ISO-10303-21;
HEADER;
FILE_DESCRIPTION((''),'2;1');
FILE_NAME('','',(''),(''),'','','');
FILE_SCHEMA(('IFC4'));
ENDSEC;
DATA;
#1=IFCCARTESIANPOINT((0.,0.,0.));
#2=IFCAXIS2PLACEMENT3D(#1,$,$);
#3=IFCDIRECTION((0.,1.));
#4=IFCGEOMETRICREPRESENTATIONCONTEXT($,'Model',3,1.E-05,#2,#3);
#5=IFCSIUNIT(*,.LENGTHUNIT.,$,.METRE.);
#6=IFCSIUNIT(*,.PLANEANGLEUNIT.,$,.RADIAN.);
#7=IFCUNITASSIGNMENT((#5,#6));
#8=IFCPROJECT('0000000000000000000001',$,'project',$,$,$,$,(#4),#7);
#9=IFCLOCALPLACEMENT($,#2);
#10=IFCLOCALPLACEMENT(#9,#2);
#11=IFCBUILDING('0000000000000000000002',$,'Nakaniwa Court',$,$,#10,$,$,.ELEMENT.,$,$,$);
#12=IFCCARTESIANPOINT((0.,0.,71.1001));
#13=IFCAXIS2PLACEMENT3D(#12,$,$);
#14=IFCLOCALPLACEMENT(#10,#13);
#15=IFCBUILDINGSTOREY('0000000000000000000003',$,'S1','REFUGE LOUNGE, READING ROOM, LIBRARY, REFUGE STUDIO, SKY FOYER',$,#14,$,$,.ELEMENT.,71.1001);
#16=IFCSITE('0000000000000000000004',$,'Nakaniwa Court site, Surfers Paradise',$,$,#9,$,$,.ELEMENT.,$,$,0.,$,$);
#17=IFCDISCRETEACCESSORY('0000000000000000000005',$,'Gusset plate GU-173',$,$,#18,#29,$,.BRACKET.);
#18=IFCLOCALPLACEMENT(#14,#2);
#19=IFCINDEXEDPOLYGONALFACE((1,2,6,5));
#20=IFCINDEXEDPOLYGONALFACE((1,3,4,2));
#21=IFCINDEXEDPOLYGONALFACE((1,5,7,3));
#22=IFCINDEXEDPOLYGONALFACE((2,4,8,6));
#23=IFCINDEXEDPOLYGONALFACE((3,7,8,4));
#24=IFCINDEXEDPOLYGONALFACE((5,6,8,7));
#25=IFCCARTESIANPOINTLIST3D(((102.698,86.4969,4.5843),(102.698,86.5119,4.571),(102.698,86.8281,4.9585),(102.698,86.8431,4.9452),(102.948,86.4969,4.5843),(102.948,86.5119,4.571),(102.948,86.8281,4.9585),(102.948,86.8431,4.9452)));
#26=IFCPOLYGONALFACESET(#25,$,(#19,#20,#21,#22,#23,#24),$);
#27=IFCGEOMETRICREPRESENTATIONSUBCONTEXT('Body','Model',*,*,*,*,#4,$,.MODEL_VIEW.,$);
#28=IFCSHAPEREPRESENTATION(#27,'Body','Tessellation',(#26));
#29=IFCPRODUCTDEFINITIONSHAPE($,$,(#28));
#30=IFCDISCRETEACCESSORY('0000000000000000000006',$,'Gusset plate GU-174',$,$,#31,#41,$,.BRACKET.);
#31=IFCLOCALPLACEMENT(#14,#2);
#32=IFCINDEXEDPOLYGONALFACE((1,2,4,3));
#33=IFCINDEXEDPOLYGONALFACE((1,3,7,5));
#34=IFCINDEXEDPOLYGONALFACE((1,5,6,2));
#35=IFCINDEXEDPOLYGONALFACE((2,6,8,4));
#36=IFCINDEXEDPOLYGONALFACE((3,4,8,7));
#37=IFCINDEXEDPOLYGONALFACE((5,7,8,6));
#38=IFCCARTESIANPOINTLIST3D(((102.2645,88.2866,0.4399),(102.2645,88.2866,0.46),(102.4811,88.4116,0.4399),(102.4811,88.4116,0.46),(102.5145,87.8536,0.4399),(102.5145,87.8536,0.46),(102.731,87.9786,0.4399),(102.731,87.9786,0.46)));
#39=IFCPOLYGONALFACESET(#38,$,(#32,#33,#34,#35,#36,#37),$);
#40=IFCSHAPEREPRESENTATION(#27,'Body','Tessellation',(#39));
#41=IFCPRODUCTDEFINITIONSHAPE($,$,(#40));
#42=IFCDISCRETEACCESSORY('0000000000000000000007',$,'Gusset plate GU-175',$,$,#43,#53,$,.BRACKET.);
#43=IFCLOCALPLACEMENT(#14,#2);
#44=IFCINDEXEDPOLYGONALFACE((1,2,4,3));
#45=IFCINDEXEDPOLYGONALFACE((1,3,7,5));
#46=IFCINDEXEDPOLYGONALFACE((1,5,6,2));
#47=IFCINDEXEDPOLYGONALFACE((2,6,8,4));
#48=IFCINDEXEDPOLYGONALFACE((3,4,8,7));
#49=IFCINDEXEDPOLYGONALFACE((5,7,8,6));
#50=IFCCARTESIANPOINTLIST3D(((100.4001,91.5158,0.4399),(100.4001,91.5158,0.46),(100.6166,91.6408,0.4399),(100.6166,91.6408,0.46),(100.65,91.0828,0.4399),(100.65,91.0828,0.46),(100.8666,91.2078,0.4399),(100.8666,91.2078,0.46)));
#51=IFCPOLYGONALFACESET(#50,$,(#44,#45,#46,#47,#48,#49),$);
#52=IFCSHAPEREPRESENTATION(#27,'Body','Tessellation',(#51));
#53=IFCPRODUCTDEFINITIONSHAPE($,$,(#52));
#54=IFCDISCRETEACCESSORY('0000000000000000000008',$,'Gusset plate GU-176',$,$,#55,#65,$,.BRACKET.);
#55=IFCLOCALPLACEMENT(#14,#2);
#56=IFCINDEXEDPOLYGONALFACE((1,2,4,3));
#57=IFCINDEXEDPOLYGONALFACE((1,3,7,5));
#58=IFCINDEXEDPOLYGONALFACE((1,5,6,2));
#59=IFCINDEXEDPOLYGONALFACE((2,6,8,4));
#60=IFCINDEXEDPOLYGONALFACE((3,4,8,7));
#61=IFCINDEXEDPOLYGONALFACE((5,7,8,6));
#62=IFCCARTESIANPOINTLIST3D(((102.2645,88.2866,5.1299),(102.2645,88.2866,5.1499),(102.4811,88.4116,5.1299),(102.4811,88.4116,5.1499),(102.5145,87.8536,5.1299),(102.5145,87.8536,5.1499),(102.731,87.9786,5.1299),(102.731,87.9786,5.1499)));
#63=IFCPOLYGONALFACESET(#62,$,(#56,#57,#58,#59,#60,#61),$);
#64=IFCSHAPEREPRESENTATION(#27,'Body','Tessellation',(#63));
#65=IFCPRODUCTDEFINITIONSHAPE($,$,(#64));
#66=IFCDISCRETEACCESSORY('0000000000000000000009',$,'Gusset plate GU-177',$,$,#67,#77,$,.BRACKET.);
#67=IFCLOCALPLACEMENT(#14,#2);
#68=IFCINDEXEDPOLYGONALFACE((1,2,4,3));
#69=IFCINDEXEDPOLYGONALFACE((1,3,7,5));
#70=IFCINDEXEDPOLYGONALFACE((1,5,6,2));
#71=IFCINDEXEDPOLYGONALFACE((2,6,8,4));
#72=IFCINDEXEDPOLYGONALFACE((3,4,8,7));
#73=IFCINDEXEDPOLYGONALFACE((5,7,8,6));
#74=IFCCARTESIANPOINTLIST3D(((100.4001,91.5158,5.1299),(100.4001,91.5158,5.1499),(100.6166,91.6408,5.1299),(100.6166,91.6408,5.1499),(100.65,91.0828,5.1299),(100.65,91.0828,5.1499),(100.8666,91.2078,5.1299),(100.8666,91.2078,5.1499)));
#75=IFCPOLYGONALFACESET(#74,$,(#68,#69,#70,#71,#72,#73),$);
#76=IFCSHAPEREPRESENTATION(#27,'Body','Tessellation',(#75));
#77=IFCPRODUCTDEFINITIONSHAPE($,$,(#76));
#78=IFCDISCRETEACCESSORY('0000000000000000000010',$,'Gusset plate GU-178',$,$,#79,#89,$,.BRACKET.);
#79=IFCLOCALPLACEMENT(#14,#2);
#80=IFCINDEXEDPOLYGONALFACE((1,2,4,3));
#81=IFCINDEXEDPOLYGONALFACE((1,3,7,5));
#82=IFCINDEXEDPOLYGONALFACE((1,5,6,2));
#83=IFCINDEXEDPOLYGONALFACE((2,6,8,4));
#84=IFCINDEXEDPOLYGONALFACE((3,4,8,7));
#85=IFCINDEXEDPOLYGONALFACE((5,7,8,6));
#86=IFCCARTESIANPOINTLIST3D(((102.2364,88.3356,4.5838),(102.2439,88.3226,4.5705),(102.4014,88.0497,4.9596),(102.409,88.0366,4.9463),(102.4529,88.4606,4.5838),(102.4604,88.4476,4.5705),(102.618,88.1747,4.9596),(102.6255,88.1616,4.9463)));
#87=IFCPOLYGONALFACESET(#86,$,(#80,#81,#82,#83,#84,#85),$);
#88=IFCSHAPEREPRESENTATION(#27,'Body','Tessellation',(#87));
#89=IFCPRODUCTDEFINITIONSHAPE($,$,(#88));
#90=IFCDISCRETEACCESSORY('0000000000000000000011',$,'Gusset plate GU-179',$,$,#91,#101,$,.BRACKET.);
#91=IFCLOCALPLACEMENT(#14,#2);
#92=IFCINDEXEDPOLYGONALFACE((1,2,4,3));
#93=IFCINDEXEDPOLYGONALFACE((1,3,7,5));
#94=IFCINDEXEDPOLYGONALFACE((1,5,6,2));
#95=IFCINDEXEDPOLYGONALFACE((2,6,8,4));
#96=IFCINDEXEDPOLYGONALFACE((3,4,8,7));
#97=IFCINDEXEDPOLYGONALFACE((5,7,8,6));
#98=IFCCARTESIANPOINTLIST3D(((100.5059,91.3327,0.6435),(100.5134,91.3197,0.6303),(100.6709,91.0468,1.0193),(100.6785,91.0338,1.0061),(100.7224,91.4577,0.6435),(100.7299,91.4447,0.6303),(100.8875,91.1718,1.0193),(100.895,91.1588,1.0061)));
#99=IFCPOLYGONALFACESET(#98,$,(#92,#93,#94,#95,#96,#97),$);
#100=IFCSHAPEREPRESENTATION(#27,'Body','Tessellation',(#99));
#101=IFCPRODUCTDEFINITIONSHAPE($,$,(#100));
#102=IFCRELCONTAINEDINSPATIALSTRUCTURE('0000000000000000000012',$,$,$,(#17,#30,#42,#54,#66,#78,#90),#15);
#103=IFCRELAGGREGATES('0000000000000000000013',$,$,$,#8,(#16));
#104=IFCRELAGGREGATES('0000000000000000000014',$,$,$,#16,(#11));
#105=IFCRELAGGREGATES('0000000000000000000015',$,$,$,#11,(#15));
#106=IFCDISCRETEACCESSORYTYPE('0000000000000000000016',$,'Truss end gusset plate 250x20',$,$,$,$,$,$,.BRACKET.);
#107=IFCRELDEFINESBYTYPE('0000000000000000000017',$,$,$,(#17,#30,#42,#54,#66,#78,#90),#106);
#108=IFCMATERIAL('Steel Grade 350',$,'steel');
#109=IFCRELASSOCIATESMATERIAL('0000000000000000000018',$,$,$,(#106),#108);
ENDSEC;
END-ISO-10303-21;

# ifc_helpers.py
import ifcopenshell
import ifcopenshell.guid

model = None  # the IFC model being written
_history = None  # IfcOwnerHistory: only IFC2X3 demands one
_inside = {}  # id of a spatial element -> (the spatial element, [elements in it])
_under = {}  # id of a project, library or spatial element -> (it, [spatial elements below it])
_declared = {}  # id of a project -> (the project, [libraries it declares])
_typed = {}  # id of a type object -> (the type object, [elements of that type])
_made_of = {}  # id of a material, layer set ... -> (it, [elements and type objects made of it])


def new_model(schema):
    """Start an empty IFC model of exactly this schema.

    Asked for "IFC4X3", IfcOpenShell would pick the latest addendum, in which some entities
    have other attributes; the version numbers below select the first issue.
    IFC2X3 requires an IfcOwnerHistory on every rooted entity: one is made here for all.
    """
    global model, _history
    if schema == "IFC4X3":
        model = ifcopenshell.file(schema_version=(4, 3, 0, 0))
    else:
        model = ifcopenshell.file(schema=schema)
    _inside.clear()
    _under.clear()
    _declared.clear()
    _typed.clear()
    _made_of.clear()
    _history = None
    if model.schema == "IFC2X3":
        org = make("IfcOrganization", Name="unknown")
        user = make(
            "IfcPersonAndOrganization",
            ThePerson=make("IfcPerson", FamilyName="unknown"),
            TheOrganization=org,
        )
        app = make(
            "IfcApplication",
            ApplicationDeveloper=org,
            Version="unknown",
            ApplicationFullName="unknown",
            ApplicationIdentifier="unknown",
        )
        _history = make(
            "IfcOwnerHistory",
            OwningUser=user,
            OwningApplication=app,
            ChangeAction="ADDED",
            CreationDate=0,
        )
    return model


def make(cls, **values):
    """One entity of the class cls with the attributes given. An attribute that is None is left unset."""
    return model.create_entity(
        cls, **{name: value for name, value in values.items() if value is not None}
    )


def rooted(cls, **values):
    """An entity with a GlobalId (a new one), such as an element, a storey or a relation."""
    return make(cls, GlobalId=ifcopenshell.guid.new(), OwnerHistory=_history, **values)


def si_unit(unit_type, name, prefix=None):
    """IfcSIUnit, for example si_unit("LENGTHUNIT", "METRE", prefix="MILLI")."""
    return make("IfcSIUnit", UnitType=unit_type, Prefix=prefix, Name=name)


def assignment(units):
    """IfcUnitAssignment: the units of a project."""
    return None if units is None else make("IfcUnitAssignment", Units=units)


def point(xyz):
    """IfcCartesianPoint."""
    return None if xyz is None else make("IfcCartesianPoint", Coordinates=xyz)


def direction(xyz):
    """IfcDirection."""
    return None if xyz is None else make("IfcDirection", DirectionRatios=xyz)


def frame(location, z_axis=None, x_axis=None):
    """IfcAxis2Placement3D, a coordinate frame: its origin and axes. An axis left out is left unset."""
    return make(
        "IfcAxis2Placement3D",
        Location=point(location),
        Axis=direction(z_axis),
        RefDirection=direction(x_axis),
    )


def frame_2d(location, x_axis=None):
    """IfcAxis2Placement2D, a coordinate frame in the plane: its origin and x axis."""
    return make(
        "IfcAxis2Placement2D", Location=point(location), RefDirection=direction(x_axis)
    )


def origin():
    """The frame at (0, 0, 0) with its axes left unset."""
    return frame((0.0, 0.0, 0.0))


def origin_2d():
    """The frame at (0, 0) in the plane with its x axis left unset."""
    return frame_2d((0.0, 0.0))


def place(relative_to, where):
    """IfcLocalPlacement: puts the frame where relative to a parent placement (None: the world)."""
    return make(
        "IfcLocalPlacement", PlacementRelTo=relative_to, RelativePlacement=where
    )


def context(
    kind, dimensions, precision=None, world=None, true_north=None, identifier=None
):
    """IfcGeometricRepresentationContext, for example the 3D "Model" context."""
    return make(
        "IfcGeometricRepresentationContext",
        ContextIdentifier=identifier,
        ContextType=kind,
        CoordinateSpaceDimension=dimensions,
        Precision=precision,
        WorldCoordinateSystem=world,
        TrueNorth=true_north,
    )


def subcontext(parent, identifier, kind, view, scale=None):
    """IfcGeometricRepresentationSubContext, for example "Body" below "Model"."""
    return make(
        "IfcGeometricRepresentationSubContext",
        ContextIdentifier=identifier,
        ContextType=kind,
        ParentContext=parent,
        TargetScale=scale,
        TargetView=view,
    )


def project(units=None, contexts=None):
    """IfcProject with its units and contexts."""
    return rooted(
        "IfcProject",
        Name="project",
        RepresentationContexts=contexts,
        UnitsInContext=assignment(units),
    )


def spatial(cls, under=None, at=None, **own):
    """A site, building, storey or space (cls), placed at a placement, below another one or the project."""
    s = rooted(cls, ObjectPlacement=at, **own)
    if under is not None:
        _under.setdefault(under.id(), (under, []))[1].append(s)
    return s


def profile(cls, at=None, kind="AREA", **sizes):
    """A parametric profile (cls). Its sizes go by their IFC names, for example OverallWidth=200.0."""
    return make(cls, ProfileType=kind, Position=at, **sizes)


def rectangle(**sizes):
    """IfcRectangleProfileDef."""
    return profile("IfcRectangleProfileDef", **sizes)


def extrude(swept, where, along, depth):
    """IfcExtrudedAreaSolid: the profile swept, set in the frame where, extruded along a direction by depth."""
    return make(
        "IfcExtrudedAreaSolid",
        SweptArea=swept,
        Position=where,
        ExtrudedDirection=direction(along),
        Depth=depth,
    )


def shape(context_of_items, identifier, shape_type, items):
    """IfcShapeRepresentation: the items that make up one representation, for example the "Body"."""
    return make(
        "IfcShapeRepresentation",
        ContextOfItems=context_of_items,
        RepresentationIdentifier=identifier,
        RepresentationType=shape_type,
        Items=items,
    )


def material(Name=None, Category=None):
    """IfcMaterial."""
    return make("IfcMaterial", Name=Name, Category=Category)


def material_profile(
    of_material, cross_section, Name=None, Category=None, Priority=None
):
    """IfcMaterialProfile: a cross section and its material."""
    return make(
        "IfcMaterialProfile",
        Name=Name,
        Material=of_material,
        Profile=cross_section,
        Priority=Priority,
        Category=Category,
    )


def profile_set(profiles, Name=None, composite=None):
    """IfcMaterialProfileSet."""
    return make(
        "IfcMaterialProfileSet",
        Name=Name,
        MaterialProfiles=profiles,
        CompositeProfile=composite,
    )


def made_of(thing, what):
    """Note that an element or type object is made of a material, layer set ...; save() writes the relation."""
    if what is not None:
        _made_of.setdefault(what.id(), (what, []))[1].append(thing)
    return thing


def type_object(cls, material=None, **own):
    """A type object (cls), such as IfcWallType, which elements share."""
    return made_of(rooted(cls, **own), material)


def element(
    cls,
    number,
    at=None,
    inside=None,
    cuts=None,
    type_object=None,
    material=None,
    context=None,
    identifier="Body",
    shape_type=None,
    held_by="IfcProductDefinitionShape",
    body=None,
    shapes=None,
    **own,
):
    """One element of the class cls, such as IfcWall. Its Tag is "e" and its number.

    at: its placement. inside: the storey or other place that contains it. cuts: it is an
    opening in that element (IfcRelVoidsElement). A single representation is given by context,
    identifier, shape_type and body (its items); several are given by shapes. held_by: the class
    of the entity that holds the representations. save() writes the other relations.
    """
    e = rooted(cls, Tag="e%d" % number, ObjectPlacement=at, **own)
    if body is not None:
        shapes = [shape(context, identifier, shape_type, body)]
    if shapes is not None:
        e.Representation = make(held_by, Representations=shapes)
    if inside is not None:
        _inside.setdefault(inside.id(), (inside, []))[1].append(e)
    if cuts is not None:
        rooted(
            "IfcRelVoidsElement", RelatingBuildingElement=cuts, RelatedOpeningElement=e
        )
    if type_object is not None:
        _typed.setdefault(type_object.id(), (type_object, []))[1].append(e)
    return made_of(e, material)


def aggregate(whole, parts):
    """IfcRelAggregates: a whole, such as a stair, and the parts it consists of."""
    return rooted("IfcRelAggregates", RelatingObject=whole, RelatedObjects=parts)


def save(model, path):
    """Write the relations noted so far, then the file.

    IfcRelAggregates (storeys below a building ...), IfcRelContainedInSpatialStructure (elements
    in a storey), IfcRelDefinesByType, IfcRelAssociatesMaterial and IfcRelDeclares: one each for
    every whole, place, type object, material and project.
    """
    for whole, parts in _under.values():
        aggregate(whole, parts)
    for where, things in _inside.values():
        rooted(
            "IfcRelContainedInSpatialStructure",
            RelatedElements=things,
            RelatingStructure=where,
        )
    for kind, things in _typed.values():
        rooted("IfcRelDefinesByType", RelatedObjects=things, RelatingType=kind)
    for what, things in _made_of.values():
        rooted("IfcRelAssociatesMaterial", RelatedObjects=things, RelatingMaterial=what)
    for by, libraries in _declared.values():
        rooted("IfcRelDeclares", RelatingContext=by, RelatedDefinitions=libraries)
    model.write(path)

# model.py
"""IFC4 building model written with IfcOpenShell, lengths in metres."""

from ifc_helpers import new_model, si_unit, direction, frame, origin, origin_2d, place, context, subcontext, project, spatial, rectangle, extrude, material, material_profile, profile_set, type_object, element, save


model = new_model("IFC4")

# Units and contexts
model_context = context("Model", 3, precision=1e-05, world=origin(), true_north=direction((0.0, 1.0)))
body_context = subcontext(model_context, "Body", "Model", "MODEL_VIEW")
ifc_project = project(units=[si_unit("LENGTHUNIT", "METRE"), si_unit("PLANEANGLEUNIT", "RADIAN")], contexts=[model_context])

# Site, building, storey
site_placement = place(None, origin())
site = spatial("IfcSite", under=ifc_project, at=site_placement, Name="Nakaniwa Court site, Surfers Paradise", CompositionType="ELEMENT", RefElevation=0.0)
building_placement = place(site_placement, origin())
building = spatial("IfcBuilding", under=site, at=building_placement, Name="Nakaniwa Court", CompositionType="ELEMENT")
storey_placement = place(building_placement, frame((0.0, 0.0, 71.1001)))
storey = spatial("IfcBuildingStorey", under=building, at=storey_placement, Name="S1", Description="REFUGE LOUNGE, READING ROOM, LIBRARY, REFUGE STUDIO, SKY FOYER", CompositionType="ELEMENT", Elevation=71.1001)

# Shared definitions
ifc_material_1 = material(Name="Steel Grade 350", Category="steel")

# Discrete accessories
ifc_material_profile_1 = material_profile(ifc_material_1, rectangle(XDim=0.25, YDim=0.02, at=origin_2d()), Name="Truss end gusset plate 250x20")
ifc_profile_set_1 = profile_set([ifc_material_profile_1], Name="Steel Grade 350")
discrete_accessory_type = type_object("IfcDiscreteAccessoryType", Name="Truss end gusset plate 250x20", PredefinedType="BRACKET", material=ifc_profile_set_1)
discrete_accessory_placement = place(storey_placement, frame((102.823, 86.5044, 4.5776), z_axis=(0.0, 0.662816, 0.748782), x_axis=(-1.0, 0.0, 0.0)))
element("IfcDiscreteAccessory", 1, at=discrete_accessory_placement, inside=storey, type_object=discrete_accessory_type, Name="Gusset plate GU-173", PredefinedType="BRACKET", context=body_context, shape_type="SweptSolid", body=[
    extrude(rectangle(XDim=0.25, YDim=0.02, at=origin_2d()), origin(), (0.0, 0.0, 1.0), 0.4998),
])
for number, where, z_axis, x_axis, name in (
    (2, (102.3728, 88.3491, 0.45), (0.49992, -0.866072, 0.0), (0.866072, 0.49992, 0.0), "Gusset plate GU-174"),
    (3, (100.7583, 91.1453, 0.45), (-0.49992, 0.866072, 0.0), (-0.866072, -0.49992, 0.0), "Gusset plate GU-175"),
    (4, (102.3728, 88.3491, 5.1399), (0.49992, -0.866072, 0.0), (0.866072, 0.49992, 0.0), "Gusset plate GU-176"),
    (5, (100.7583, 91.1453, 5.1399), (-0.49992, 0.866072, 0.0), (-0.866072, -0.49992, 0.0), "Gusset plate GU-177"),
):
    element("IfcDiscreteAccessory", number, at=place(storey_placement, frame(where, z_axis=z_axis, x_axis=x_axis)), inside=storey, type_object=discrete_accessory_type, Name=name, PredefinedType="BRACKET", context=body_context, shape_type="SweptSolid", body=[
        extrude(rectangle(XDim=0.25, YDim=0.02, at=origin_2d()), origin(), (0.0, 0.0, 1.0), 0.5),
    ])
for number, where, z_axis, x_axis, name in (
    (6, (102.3484, 88.3916, 4.5771), (0.329982, -0.571612, 0.751247), (0.86605, 0.499957, 0.0), "Gusset plate GU-178"),
    (7, (100.783, 91.1028, 1.0127), (-0.329982, 0.571612, -0.751247), (-0.86605, -0.499957, 0.0), "Gusset plate GU-179"),
):
    element("IfcDiscreteAccessory", number, at=place(storey_placement, frame(where, z_axis=z_axis, x_axis=x_axis)), inside=storey, type_object=discrete_accessory_type, Name=name, PredefinedType="BRACKET", context=body_context, shape_type="SweptSolid", body=[
        extrude(rectangle(XDim=0.25, YDim=0.02, at=origin_2d()), origin(), (0.0, 0.0, 1.0), 0.5002),
    ])

save(model, "model.ifc")
